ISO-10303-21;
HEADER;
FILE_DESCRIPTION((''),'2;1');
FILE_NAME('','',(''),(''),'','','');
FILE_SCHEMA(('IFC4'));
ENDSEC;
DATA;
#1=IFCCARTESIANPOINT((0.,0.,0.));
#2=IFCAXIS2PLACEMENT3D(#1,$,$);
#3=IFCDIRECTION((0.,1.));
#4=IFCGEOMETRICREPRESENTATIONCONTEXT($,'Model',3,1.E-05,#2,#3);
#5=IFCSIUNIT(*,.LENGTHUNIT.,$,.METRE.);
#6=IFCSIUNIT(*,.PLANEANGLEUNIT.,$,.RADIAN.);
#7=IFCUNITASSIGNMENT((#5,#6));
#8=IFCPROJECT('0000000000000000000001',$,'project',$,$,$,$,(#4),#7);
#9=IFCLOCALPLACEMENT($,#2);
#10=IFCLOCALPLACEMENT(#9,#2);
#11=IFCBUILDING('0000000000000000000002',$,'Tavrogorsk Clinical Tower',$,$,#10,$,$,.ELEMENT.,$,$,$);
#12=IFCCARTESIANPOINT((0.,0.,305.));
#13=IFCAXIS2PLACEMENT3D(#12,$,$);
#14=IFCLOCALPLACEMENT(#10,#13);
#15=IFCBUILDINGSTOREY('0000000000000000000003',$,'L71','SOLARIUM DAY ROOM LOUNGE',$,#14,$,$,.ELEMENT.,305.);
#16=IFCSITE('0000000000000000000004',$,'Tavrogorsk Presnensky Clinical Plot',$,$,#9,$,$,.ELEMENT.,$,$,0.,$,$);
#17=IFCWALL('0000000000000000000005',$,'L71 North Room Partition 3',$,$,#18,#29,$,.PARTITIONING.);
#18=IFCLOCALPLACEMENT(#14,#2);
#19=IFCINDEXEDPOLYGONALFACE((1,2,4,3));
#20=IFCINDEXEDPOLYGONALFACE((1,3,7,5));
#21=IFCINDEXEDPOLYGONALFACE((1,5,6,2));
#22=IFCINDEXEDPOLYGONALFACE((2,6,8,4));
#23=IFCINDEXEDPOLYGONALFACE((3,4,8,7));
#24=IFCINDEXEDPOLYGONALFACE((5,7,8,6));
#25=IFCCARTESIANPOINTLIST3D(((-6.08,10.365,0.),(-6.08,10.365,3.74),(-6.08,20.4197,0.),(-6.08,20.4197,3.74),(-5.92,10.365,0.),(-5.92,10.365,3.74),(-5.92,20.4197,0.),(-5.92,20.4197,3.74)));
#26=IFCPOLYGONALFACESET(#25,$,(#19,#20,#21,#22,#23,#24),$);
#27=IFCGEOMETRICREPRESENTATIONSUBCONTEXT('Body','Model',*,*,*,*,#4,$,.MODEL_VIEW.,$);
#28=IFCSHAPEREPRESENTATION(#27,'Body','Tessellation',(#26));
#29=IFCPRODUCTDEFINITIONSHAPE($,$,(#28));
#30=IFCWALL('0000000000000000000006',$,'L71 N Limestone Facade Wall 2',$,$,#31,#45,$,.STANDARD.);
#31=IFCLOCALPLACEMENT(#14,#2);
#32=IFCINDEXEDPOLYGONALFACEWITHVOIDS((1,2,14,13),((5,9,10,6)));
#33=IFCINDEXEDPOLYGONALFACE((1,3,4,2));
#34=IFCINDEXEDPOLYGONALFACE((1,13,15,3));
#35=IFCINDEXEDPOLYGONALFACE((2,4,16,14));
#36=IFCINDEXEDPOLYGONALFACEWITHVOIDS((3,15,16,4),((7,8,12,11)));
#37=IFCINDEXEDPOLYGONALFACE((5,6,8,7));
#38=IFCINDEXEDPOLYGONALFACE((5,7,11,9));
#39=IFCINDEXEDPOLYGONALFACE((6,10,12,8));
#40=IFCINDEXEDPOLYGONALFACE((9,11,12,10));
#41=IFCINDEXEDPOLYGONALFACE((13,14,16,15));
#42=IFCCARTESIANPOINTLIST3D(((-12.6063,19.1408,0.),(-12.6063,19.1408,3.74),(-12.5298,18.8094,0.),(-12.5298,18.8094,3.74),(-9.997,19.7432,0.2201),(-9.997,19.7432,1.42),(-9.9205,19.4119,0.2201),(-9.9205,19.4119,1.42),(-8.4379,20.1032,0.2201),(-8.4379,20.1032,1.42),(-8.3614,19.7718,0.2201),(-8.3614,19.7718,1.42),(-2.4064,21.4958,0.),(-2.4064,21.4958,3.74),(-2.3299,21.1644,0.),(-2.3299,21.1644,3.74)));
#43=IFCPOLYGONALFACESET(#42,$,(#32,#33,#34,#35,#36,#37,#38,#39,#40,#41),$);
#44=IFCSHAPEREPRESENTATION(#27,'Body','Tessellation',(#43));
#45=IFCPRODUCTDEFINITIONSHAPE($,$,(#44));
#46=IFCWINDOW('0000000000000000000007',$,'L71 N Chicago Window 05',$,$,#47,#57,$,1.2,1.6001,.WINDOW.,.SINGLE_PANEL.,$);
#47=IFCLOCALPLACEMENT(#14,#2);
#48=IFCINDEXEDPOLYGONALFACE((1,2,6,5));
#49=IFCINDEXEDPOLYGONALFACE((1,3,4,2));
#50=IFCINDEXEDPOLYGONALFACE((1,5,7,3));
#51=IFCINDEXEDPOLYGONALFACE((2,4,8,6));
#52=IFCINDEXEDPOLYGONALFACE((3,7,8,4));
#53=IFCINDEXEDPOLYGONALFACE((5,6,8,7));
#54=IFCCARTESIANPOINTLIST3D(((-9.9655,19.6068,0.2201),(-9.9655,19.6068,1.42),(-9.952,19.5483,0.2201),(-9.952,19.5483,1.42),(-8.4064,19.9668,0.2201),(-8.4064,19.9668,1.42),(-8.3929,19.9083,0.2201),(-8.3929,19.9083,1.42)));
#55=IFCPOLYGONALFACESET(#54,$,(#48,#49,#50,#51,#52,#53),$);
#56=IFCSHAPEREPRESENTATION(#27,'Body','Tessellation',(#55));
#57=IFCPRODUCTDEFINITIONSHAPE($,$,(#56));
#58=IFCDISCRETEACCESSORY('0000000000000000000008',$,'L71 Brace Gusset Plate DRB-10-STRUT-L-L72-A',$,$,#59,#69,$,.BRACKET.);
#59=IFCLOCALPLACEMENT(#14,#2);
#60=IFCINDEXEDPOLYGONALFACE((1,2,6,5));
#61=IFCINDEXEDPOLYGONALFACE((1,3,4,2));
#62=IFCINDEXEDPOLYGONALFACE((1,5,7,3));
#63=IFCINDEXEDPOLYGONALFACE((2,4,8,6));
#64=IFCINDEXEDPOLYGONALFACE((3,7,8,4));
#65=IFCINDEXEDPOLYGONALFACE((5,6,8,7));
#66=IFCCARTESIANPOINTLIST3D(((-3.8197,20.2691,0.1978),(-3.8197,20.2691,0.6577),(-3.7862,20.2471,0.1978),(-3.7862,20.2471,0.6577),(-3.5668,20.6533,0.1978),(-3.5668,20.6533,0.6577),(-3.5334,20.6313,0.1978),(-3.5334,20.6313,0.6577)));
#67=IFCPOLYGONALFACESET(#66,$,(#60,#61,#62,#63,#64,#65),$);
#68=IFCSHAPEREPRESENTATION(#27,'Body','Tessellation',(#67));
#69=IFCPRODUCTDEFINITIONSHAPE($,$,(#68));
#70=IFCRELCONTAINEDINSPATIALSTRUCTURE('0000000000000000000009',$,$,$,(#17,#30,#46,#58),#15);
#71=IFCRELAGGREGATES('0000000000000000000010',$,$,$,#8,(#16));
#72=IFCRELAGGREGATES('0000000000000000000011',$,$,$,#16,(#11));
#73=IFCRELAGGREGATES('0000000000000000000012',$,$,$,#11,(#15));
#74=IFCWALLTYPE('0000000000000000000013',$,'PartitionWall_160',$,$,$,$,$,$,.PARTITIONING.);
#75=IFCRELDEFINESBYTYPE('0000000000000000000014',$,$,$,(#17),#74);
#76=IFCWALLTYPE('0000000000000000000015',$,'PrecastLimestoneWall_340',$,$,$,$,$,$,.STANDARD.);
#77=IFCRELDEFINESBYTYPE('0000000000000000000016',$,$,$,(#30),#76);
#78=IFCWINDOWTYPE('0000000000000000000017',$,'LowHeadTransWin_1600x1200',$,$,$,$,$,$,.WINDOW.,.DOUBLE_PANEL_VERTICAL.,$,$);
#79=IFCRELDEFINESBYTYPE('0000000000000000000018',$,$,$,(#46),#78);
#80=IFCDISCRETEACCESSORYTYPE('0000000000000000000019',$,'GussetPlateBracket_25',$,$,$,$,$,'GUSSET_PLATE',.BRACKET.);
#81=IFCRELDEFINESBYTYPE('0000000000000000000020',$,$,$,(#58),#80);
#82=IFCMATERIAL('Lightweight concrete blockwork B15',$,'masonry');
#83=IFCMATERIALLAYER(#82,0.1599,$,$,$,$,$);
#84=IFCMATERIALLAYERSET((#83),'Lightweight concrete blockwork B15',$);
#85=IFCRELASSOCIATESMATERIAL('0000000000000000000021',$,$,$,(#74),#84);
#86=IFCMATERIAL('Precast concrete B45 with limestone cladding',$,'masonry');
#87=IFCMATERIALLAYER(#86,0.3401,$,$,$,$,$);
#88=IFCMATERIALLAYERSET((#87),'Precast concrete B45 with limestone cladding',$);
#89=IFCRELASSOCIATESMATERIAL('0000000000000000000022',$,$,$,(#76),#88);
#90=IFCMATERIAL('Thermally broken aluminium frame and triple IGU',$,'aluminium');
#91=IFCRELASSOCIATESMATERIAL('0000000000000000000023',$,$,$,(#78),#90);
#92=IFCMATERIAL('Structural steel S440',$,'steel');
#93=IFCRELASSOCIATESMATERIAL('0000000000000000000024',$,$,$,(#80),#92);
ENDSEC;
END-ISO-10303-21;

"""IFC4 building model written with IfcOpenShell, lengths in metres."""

from ifc_helpers import new_model, si_unit, direction, frame, frame_2d, origin, origin_2d, place, context, subcontext, project, spatial, rectangle, extrude, material, layer, layer_set, type_object, element, fill, save


model = new_model("IFC4")

# Units and contexts
model_context = context("Model", 3, precision=1e-05, world=origin(), true_north=direction((0.0, 1.0)))
body_context = subcontext(model_context, "Body", "Model", "MODEL_VIEW")
ifc_project = project(units=[si_unit("LENGTHUNIT", "METRE"), si_unit("PLANEANGLEUNIT", "RADIAN")], contexts=[model_context])

# Site, building, storey
site_placement = place(None, origin())
site = spatial("IfcSite", under=ifc_project, at=site_placement, Name="Tavrogorsk Presnensky Clinical Plot", CompositionType="ELEMENT", RefElevation=0.0)
building_placement = place(site_placement, origin())
building = spatial("IfcBuilding", under=site, at=building_placement, Name="Tavrogorsk Clinical Tower", CompositionType="ELEMENT")
storey_placement = place(building_placement, frame((0.0, 0.0, 305.0)))
storey = spatial("IfcBuildingStorey", under=building, at=storey_placement, Name="L71", Description="SOLARIUM DAY ROOM LOUNGE", CompositionType="ELEMENT", Elevation=305.0)

# Wall
ifc_material_1 = material(Name="Lightweight concrete blockwork B15", Category="masonry")
ifc_layer_1 = layer(ifc_material_1, 0.1599)
ifc_layer_set_1 = layer_set([ifc_layer_1], Name="Lightweight concrete blockwork B15")
wall_type_1 = type_object("IfcWallType", Name="PartitionWall_160", PredefinedType="PARTITIONING", material=ifc_layer_set_1)
wall_1_placement = place(storey_placement, frame((-6.0, 10.365, 0.0), z_axis=(0.0, 0.0, 1.0), x_axis=(0.0, 1.0, 0.0)))
element("IfcWall", 1, at=wall_1_placement, inside=storey, type_object=wall_type_1, Name="L71 North Room Partition 3", PredefinedType="PARTITIONING", context=body_context, shape_type="SweptSolid", body=[
    extrude(rectangle(XDim=10.0547, YDim=0.1599, at=frame_2d((5.0273, 0.0))), origin(), (0.0, 0.0, 1.0), 3.74),
])

# Wall, opening, window
ifc_material_2 = material(Name="Precast concrete B45 with limestone cladding", Category="masonry")
ifc_layer_2 = layer(ifc_material_2, 0.3401)
ifc_layer_set_2 = layer_set([ifc_layer_2], Name="Precast concrete B45 with limestone cladding")
wall_type_2 = type_object("IfcWallType", Name="PrecastLimestoneWall_340", PredefinedType="STANDARD", material=ifc_layer_set_2)
wall_2_placement = place(storey_placement, frame((-2.3682, 21.3301, 0.0), z_axis=(0.0, 0.0, 1.0), x_axis=(-0.974367, -0.224963, 0.0)))
wall_2 = element("IfcWall", 2, at=wall_2_placement, inside=storey, type_object=wall_type_2, Name="L71 N Limestone Facade Wall 2", PredefinedType="STANDARD", context=body_context, shape_type="SweptSolid", body=[
    extrude(rectangle(XDim=10.4683, YDim=0.3401, at=frame_2d((5.2341, 0.0))), origin(), (0.0, 0.0, 1.0), 3.74),
])
opening_placement = place(wall_2_placement, frame((6.1902, 0.0, 0.22)))
opening = element("IfcOpeningElement", 3, at=opening_placement, cuts=wall_2, PredefinedType="OPENING", context=body_context, shape_type="SweptSolid", body=[
    extrude(rectangle(XDim=1.6001, YDim=1.2, at=frame_2d((0.8, 0.6001))), frame((0.0, 0.1799, 0.0), z_axis=(0.0, -1.0, 0.0), x_axis=(1.0, 0.0, 0.0)), (0.0, 0.0, 1.0), 0.3601),
])
ifc_material_3 = material(Name="Thermally broken aluminium frame and triple IGU", Category="aluminium")
window_type = type_object("IfcWindowType", Name="LowHeadTransWin_1600x1200", PartitioningType="DOUBLE_PANEL_VERTICAL", PredefinedType="WINDOW", material=ifc_material_3)
window_placement = place(opening_placement, origin())
window = element("IfcWindow", 4, at=window_placement, inside=storey, type_object=window_type, Name="L71 N Chicago Window 05", OverallHeight=1.2, OverallWidth=1.6001, PartitioningType="SINGLE_PANEL", PredefinedType="WINDOW", context=body_context, shape_type="SweptSolid", body=[
    extrude(rectangle(XDim=1.6001, YDim=1.2, at=frame_2d((0.8, 0.6001))), frame((0.0, 0.03, 0.0), z_axis=(0.0, -1.0, 0.0), x_axis=(1.0, 0.0, 0.0)), (0.0, 0.0, 1.0), 0.0601),
])
fill(opening, window)

# Discrete accessory
ifc_material_4 = material(Name="Structural steel S440", Category="steel")
discrete_accessory_type = type_object("IfcDiscreteAccessoryType", Name="GussetPlateBracket_25", ElementType="GUSSET_PLATE", PredefinedType="BRACKET", material=ifc_material_4)
discrete_accessory_placement = place(storey_placement, frame((-3.6765, 20.4502, 0.1978), z_axis=(0.0, 0.0, 1.0), x_axis=(0.549752, 0.835328, 0.0)))
element("IfcDiscreteAccessory", 5, at=discrete_accessory_placement, inside=storey, type_object=discrete_accessory_type, Name="L71 Brace Gusset Plate DRB-10-STRUT-L-L72-A", PredefinedType="BRACKET", context=body_context, shape_type="SweptSolid", body=[
    extrude(rectangle(XDim=0.46, YDim=0.04, at=origin_2d()), origin(), (0.0, 0.0, 1.0), 0.46),
])

save(model, "model.ifc")
